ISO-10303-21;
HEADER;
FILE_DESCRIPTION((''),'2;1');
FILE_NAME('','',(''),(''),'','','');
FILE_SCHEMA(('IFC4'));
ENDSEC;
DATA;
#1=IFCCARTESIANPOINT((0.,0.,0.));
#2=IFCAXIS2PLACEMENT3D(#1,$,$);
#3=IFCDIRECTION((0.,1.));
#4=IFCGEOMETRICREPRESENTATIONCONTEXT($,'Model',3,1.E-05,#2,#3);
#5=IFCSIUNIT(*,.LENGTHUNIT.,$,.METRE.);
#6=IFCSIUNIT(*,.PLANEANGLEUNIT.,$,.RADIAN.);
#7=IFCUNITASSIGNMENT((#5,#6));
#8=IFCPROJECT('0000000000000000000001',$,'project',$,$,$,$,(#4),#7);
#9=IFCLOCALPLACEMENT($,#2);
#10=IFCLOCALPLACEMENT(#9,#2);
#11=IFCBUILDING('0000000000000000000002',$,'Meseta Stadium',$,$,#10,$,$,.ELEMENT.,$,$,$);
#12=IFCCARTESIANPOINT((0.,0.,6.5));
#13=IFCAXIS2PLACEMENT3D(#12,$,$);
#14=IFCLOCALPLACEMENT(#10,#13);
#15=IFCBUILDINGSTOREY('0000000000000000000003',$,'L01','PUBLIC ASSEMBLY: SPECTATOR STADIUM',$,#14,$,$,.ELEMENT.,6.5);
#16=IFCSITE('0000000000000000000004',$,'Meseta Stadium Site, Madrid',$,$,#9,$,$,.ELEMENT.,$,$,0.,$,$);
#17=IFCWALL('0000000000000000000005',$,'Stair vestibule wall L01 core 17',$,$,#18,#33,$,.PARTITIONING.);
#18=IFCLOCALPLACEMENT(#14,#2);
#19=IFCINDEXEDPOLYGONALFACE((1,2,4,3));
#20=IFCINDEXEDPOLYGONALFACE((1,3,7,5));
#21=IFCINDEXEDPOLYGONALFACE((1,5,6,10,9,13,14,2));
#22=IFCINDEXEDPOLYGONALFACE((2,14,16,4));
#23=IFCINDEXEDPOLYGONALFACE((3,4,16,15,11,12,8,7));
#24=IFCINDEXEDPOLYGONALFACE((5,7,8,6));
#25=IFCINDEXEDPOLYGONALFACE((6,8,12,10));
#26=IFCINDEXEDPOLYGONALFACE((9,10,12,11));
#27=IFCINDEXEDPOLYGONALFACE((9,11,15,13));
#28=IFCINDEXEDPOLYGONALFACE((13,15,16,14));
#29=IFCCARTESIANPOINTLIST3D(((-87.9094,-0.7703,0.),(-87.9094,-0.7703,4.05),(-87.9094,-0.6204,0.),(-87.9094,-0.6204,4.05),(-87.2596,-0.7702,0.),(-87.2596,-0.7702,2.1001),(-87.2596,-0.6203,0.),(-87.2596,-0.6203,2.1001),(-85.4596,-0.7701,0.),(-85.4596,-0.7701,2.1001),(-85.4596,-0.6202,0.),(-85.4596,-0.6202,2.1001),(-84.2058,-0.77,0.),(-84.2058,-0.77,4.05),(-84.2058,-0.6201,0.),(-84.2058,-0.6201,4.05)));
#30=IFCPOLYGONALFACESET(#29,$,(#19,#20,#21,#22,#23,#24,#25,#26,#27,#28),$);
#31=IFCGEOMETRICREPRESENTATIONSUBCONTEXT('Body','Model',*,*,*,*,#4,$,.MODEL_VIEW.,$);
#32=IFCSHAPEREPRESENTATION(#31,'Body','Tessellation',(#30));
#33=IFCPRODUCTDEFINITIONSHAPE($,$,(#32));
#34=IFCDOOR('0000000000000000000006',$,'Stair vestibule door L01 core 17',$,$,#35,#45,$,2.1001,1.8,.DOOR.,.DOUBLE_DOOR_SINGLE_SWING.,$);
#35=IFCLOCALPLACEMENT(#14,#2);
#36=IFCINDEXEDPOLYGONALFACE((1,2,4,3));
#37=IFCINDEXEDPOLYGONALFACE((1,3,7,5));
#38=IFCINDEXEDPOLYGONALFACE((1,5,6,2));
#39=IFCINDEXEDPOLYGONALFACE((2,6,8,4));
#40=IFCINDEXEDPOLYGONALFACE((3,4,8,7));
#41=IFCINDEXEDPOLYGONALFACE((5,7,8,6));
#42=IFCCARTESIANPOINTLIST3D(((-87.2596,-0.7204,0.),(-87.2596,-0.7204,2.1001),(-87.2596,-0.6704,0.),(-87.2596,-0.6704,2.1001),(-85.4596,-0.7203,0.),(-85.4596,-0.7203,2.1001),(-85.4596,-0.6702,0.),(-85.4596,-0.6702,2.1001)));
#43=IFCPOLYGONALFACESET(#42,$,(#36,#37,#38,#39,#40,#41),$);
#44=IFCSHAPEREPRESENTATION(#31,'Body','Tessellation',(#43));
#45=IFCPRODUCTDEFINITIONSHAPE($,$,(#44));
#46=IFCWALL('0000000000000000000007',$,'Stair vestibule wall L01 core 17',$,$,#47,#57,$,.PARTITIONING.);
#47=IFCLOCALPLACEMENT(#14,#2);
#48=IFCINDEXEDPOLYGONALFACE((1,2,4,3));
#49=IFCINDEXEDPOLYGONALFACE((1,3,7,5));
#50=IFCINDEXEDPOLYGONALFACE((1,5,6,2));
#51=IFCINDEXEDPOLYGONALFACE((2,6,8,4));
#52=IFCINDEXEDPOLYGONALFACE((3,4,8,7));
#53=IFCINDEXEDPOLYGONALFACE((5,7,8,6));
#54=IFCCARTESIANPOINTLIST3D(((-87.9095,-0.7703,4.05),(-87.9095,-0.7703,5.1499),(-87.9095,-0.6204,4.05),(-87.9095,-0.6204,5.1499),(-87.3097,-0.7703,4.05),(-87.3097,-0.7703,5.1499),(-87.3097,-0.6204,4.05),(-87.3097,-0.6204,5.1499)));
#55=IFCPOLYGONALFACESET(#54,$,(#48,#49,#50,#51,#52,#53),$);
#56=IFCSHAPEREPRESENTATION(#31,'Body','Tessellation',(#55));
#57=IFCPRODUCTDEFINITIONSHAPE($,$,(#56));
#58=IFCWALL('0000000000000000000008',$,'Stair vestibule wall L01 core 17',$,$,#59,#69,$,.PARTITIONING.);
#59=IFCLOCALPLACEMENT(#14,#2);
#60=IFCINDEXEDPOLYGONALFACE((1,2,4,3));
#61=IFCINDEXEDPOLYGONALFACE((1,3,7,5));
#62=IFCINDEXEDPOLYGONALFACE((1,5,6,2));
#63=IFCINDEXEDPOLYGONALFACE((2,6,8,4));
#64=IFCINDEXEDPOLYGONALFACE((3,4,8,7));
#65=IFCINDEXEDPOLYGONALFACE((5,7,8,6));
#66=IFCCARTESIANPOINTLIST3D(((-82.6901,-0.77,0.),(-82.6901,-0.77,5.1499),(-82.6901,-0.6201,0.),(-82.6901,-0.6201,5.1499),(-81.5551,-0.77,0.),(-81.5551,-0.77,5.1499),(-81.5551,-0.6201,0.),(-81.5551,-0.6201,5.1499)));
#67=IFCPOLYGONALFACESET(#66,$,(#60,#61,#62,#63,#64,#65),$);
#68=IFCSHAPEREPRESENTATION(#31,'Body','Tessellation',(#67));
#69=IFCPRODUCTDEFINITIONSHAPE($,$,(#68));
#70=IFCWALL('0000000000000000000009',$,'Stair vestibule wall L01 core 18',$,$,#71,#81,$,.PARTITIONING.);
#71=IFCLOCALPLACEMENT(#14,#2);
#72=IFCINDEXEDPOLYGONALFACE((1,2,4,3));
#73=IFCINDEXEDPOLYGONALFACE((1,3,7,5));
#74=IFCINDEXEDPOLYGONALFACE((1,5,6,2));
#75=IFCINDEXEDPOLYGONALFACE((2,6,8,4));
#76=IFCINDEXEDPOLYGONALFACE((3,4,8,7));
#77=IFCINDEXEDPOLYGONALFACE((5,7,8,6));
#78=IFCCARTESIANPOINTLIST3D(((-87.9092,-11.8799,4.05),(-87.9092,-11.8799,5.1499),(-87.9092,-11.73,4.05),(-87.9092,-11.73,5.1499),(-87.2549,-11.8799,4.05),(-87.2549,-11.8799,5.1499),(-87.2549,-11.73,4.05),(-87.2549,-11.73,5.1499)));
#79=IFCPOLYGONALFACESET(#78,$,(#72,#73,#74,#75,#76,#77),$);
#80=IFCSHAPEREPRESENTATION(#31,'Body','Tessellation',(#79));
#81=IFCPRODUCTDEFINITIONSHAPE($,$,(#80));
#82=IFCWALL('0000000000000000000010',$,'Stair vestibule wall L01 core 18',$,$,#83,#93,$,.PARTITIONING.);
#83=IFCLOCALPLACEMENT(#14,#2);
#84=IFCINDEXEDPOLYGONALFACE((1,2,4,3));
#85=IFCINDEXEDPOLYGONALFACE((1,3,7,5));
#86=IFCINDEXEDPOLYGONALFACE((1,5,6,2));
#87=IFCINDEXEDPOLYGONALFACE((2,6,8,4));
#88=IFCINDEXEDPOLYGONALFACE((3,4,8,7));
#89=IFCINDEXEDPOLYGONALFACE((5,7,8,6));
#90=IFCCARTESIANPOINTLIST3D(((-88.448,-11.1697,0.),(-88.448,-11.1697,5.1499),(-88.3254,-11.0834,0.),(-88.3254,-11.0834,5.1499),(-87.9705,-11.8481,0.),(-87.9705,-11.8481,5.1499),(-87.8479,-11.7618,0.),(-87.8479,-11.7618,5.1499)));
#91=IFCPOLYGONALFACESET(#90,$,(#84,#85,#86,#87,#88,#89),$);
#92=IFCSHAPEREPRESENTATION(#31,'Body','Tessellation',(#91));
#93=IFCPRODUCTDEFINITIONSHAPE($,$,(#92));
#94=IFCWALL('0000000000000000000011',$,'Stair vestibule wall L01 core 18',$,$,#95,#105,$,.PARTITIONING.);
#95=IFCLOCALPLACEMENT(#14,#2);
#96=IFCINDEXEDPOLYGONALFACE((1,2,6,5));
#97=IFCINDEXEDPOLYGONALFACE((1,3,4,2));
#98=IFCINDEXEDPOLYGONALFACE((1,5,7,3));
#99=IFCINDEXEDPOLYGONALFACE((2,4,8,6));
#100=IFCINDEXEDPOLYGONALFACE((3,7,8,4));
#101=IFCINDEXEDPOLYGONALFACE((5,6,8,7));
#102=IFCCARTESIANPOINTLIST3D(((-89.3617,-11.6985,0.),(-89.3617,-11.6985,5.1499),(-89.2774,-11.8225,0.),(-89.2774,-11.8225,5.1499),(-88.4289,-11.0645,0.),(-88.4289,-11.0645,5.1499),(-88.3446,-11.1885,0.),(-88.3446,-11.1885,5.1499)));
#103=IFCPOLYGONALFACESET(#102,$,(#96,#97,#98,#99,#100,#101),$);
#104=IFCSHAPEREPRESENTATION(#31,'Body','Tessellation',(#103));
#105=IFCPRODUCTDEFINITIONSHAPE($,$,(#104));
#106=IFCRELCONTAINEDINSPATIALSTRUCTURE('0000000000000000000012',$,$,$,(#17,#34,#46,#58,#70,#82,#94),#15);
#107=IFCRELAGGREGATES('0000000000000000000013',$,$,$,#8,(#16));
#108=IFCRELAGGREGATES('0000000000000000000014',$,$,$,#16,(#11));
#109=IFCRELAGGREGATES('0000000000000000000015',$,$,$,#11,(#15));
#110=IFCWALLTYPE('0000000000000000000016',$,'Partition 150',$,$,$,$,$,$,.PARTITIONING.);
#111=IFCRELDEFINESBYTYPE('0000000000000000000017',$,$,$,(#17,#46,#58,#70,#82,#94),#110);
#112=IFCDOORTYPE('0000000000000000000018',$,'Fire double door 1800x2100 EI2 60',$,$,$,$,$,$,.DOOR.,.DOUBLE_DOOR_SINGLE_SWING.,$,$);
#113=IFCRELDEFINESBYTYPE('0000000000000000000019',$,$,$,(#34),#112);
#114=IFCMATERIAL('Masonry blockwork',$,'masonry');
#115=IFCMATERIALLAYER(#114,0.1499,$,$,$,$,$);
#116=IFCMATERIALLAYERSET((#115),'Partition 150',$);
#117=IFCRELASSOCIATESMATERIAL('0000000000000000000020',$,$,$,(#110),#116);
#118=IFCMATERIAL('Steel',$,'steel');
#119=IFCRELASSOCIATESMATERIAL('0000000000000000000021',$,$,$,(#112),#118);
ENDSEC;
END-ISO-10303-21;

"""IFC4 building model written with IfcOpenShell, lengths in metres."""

from ifc_helpers import new_model, si_unit, direction, frame, frame_2d, origin, place, context, subcontext, project, spatial, rectangle, extrude, material, layer, layer_set, type_object, element, fill, save


model = new_model("IFC4")

# Units and contexts
model_context = context("Model", 3, precision=1e-05, world=origin(), true_north=direction((0.0, 1.0)))
body_context = subcontext(model_context, "Body", "Model", "MODEL_VIEW")
ifc_project = project(units=[si_unit("LENGTHUNIT", "METRE"), si_unit("PLANEANGLEUNIT", "RADIAN")], contexts=[model_context])

# Site, building, storey
site_placement = place(None, origin())
site = spatial("IfcSite", under=ifc_project, at=site_placement, Name="Meseta Stadium Site, Madrid", CompositionType="ELEMENT", RefElevation=0.0)
building_placement = place(site_placement, origin())
building = spatial("IfcBuilding", under=site, at=building_placement, Name="Meseta Stadium", CompositionType="ELEMENT")
storey_placement = place(building_placement, frame((0.0, 0.0, 6.5)))
storey = spatial("IfcBuildingStorey", under=building, at=storey_placement, Name="L01", Description="PUBLIC ASSEMBLY: SPECTATOR STADIUM", CompositionType="ELEMENT", Elevation=6.5)

# Shared definitions
ifc_material_1 = material(Name="Masonry blockwork", Category="masonry")
ifc_layer_1 = layer(ifc_material_1, 0.1499)
ifc_layer_set_1 = layer_set([ifc_layer_1], Name="Partition 150")
wall_type_1 = type_object("IfcWallType", Name="Partition 150", PredefinedType="PARTITIONING", material=ifc_layer_set_1)

# Wall, opening, door
wall_1_placement = place(storey_placement, frame((-87.9094, -0.6953, 0.0), z_axis=(0.0, 0.0, 1.0), x_axis=(1.0, 0.000066, 0.0)))
wall_1 = element("IfcWall", 1, at=wall_1_placement, inside=storey, type_object=wall_type_1, Name="Stair vestibule wall L01 core 17", PredefinedType="PARTITIONING", context=body_context, shape_type="SweptSolid", body=[
    extrude(rectangle(XDim=3.7036, YDim=0.1499, at=frame_2d((1.8518, 0.0))), origin(), (0.0, 0.0, 1.0), 4.05),
])
opening_1_placement = place(wall_1_placement, frame((0.6499, 0.0, 0.0)))
opening_1 = element("IfcOpeningElement", 2, at=opening_1_placement, cuts=wall_1, PredefinedType="OPENING", context=body_context, shape_type="SweptSolid", body=[
    extrude(rectangle(XDim=1.8, YDim=2.1001, at=frame_2d((0.8999, 1.05))), frame((0.0, 0.085, 0.0), z_axis=(0.0, -1.0, 0.0), x_axis=(1.0, 0.0, 0.0)), (0.0, 0.0, 1.0), 0.1699),
])
ifc_material_2 = material(Name="Steel", Category="steel")
door_type_1 = type_object("IfcDoorType", Name="Fire double door 1800x2100 EI2 60", OperationType="DOUBLE_DOOR_SINGLE_SWING", PredefinedType="DOOR", material=ifc_material_2)
door_1_placement = place(opening_1_placement, origin())
door_1 = element("IfcDoor", 3, at=door_1_placement, inside=storey, type_object=door_type_1, Name="Stair vestibule door L01 core 17", OperationType="DOUBLE_DOOR_SINGLE_SWING", OverallHeight=2.1001, OverallWidth=1.8, PredefinedType="DOOR", context=body_context, shape_type="SweptSolid", body=[
    extrude(rectangle(XDim=1.8, YDim=2.1001, at=frame_2d((0.8999, 1.05))), frame((0.0, 0.0249, 0.0), z_axis=(0.0, -1.0, 0.0), x_axis=(1.0, 0.0, 0.0)), (0.0, 0.0, 1.0), 0.05),
])
fill(opening_1, door_1)

# Walls
wall_2_placement = place(storey_placement, frame((-87.9094, -0.6953, 4.05), z_axis=(0.0, 0.0, 1.0), x_axis=(1.0, 0.0, 0.0)))
element("IfcWall", 4, at=wall_2_placement, inside=storey, type_object=wall_type_1, Name="Stair vestibule wall L01 core 17", PredefinedType="PARTITIONING", context=body_context, shape_type="SweptSolid", body=[
    extrude(rectangle(XDim=0.5999, YDim=0.1499, at=frame_2d((0.2998, 0.0))), origin(), (0.0, 0.0, 1.0), 1.0999),
])
wall_3_placement = place(storey_placement, frame((-82.6899, -0.6951, 0.0), z_axis=(0.0, 0.0, 1.0), x_axis=(1.0, 0.0, 0.0)))
element("IfcWall", 5, at=wall_3_placement, inside=storey, type_object=wall_type_1, Name="Stair vestibule wall L01 core 17", PredefinedType="PARTITIONING", context=body_context, shape_type="SweptSolid", body=[
    extrude(rectangle(XDim=1.135, YDim=0.1499, at=frame_2d((0.5674, 0.0))), origin(), (0.0, 0.0, 1.0), 5.1499),
])
wall_4_placement = place(storey_placement, frame((-87.2549, -11.8049, 4.05), z_axis=(0.0, 0.0, 1.0), x_axis=(-1.0, 0.0, 0.0)))
element("IfcWall", 6, at=wall_4_placement, inside=storey, type_object=wall_type_1, Name="Stair vestibule wall L01 core 18", PredefinedType="PARTITIONING", context=body_context, shape_type="SweptSolid", body=[
    extrude(rectangle(XDim=0.6543, YDim=0.1499, at=frame_2d((0.3271, 0.0))), origin(), (0.0, 0.0, 1.0), 1.0999),
])
wall_5_placement = place(storey_placement, frame((-87.9092, -11.8049, 0.0), z_axis=(0.0, 0.0, 1.0), x_axis=(-0.575574, 0.81775, 0.0)))
element("IfcWall", 7, at=wall_5_placement, inside=storey, type_object=wall_type_1, Name="Stair vestibule wall L01 core 18", PredefinedType="PARTITIONING", context=body_context, shape_type="SweptSolid", body=[
    extrude(rectangle(XDim=0.8296, YDim=0.1499, at=frame_2d((0.4148, 0.0))), origin(), (0.0, 0.0, 1.0), 5.1499),
])
wall_6_placement = place(storey_placement, frame((-88.3867, -11.1265, 0.0), z_axis=(0.0, 0.0, 1.0), x_axis=(-0.827055, -0.562121, 0.0)))
element("IfcWall", 8, at=wall_6_placement, inside=storey, type_object=wall_type_1, Name="Stair vestibule wall L01 core 18", PredefinedType="PARTITIONING", context=body_context, shape_type="SweptSolid", body=[
    extrude(rectangle(XDim=1.1279, YDim=0.1499, at=frame_2d((0.564, 0.0))), origin(), (0.0, 0.0, 1.0), 5.1499),
])

save(model, "model.ifc")
